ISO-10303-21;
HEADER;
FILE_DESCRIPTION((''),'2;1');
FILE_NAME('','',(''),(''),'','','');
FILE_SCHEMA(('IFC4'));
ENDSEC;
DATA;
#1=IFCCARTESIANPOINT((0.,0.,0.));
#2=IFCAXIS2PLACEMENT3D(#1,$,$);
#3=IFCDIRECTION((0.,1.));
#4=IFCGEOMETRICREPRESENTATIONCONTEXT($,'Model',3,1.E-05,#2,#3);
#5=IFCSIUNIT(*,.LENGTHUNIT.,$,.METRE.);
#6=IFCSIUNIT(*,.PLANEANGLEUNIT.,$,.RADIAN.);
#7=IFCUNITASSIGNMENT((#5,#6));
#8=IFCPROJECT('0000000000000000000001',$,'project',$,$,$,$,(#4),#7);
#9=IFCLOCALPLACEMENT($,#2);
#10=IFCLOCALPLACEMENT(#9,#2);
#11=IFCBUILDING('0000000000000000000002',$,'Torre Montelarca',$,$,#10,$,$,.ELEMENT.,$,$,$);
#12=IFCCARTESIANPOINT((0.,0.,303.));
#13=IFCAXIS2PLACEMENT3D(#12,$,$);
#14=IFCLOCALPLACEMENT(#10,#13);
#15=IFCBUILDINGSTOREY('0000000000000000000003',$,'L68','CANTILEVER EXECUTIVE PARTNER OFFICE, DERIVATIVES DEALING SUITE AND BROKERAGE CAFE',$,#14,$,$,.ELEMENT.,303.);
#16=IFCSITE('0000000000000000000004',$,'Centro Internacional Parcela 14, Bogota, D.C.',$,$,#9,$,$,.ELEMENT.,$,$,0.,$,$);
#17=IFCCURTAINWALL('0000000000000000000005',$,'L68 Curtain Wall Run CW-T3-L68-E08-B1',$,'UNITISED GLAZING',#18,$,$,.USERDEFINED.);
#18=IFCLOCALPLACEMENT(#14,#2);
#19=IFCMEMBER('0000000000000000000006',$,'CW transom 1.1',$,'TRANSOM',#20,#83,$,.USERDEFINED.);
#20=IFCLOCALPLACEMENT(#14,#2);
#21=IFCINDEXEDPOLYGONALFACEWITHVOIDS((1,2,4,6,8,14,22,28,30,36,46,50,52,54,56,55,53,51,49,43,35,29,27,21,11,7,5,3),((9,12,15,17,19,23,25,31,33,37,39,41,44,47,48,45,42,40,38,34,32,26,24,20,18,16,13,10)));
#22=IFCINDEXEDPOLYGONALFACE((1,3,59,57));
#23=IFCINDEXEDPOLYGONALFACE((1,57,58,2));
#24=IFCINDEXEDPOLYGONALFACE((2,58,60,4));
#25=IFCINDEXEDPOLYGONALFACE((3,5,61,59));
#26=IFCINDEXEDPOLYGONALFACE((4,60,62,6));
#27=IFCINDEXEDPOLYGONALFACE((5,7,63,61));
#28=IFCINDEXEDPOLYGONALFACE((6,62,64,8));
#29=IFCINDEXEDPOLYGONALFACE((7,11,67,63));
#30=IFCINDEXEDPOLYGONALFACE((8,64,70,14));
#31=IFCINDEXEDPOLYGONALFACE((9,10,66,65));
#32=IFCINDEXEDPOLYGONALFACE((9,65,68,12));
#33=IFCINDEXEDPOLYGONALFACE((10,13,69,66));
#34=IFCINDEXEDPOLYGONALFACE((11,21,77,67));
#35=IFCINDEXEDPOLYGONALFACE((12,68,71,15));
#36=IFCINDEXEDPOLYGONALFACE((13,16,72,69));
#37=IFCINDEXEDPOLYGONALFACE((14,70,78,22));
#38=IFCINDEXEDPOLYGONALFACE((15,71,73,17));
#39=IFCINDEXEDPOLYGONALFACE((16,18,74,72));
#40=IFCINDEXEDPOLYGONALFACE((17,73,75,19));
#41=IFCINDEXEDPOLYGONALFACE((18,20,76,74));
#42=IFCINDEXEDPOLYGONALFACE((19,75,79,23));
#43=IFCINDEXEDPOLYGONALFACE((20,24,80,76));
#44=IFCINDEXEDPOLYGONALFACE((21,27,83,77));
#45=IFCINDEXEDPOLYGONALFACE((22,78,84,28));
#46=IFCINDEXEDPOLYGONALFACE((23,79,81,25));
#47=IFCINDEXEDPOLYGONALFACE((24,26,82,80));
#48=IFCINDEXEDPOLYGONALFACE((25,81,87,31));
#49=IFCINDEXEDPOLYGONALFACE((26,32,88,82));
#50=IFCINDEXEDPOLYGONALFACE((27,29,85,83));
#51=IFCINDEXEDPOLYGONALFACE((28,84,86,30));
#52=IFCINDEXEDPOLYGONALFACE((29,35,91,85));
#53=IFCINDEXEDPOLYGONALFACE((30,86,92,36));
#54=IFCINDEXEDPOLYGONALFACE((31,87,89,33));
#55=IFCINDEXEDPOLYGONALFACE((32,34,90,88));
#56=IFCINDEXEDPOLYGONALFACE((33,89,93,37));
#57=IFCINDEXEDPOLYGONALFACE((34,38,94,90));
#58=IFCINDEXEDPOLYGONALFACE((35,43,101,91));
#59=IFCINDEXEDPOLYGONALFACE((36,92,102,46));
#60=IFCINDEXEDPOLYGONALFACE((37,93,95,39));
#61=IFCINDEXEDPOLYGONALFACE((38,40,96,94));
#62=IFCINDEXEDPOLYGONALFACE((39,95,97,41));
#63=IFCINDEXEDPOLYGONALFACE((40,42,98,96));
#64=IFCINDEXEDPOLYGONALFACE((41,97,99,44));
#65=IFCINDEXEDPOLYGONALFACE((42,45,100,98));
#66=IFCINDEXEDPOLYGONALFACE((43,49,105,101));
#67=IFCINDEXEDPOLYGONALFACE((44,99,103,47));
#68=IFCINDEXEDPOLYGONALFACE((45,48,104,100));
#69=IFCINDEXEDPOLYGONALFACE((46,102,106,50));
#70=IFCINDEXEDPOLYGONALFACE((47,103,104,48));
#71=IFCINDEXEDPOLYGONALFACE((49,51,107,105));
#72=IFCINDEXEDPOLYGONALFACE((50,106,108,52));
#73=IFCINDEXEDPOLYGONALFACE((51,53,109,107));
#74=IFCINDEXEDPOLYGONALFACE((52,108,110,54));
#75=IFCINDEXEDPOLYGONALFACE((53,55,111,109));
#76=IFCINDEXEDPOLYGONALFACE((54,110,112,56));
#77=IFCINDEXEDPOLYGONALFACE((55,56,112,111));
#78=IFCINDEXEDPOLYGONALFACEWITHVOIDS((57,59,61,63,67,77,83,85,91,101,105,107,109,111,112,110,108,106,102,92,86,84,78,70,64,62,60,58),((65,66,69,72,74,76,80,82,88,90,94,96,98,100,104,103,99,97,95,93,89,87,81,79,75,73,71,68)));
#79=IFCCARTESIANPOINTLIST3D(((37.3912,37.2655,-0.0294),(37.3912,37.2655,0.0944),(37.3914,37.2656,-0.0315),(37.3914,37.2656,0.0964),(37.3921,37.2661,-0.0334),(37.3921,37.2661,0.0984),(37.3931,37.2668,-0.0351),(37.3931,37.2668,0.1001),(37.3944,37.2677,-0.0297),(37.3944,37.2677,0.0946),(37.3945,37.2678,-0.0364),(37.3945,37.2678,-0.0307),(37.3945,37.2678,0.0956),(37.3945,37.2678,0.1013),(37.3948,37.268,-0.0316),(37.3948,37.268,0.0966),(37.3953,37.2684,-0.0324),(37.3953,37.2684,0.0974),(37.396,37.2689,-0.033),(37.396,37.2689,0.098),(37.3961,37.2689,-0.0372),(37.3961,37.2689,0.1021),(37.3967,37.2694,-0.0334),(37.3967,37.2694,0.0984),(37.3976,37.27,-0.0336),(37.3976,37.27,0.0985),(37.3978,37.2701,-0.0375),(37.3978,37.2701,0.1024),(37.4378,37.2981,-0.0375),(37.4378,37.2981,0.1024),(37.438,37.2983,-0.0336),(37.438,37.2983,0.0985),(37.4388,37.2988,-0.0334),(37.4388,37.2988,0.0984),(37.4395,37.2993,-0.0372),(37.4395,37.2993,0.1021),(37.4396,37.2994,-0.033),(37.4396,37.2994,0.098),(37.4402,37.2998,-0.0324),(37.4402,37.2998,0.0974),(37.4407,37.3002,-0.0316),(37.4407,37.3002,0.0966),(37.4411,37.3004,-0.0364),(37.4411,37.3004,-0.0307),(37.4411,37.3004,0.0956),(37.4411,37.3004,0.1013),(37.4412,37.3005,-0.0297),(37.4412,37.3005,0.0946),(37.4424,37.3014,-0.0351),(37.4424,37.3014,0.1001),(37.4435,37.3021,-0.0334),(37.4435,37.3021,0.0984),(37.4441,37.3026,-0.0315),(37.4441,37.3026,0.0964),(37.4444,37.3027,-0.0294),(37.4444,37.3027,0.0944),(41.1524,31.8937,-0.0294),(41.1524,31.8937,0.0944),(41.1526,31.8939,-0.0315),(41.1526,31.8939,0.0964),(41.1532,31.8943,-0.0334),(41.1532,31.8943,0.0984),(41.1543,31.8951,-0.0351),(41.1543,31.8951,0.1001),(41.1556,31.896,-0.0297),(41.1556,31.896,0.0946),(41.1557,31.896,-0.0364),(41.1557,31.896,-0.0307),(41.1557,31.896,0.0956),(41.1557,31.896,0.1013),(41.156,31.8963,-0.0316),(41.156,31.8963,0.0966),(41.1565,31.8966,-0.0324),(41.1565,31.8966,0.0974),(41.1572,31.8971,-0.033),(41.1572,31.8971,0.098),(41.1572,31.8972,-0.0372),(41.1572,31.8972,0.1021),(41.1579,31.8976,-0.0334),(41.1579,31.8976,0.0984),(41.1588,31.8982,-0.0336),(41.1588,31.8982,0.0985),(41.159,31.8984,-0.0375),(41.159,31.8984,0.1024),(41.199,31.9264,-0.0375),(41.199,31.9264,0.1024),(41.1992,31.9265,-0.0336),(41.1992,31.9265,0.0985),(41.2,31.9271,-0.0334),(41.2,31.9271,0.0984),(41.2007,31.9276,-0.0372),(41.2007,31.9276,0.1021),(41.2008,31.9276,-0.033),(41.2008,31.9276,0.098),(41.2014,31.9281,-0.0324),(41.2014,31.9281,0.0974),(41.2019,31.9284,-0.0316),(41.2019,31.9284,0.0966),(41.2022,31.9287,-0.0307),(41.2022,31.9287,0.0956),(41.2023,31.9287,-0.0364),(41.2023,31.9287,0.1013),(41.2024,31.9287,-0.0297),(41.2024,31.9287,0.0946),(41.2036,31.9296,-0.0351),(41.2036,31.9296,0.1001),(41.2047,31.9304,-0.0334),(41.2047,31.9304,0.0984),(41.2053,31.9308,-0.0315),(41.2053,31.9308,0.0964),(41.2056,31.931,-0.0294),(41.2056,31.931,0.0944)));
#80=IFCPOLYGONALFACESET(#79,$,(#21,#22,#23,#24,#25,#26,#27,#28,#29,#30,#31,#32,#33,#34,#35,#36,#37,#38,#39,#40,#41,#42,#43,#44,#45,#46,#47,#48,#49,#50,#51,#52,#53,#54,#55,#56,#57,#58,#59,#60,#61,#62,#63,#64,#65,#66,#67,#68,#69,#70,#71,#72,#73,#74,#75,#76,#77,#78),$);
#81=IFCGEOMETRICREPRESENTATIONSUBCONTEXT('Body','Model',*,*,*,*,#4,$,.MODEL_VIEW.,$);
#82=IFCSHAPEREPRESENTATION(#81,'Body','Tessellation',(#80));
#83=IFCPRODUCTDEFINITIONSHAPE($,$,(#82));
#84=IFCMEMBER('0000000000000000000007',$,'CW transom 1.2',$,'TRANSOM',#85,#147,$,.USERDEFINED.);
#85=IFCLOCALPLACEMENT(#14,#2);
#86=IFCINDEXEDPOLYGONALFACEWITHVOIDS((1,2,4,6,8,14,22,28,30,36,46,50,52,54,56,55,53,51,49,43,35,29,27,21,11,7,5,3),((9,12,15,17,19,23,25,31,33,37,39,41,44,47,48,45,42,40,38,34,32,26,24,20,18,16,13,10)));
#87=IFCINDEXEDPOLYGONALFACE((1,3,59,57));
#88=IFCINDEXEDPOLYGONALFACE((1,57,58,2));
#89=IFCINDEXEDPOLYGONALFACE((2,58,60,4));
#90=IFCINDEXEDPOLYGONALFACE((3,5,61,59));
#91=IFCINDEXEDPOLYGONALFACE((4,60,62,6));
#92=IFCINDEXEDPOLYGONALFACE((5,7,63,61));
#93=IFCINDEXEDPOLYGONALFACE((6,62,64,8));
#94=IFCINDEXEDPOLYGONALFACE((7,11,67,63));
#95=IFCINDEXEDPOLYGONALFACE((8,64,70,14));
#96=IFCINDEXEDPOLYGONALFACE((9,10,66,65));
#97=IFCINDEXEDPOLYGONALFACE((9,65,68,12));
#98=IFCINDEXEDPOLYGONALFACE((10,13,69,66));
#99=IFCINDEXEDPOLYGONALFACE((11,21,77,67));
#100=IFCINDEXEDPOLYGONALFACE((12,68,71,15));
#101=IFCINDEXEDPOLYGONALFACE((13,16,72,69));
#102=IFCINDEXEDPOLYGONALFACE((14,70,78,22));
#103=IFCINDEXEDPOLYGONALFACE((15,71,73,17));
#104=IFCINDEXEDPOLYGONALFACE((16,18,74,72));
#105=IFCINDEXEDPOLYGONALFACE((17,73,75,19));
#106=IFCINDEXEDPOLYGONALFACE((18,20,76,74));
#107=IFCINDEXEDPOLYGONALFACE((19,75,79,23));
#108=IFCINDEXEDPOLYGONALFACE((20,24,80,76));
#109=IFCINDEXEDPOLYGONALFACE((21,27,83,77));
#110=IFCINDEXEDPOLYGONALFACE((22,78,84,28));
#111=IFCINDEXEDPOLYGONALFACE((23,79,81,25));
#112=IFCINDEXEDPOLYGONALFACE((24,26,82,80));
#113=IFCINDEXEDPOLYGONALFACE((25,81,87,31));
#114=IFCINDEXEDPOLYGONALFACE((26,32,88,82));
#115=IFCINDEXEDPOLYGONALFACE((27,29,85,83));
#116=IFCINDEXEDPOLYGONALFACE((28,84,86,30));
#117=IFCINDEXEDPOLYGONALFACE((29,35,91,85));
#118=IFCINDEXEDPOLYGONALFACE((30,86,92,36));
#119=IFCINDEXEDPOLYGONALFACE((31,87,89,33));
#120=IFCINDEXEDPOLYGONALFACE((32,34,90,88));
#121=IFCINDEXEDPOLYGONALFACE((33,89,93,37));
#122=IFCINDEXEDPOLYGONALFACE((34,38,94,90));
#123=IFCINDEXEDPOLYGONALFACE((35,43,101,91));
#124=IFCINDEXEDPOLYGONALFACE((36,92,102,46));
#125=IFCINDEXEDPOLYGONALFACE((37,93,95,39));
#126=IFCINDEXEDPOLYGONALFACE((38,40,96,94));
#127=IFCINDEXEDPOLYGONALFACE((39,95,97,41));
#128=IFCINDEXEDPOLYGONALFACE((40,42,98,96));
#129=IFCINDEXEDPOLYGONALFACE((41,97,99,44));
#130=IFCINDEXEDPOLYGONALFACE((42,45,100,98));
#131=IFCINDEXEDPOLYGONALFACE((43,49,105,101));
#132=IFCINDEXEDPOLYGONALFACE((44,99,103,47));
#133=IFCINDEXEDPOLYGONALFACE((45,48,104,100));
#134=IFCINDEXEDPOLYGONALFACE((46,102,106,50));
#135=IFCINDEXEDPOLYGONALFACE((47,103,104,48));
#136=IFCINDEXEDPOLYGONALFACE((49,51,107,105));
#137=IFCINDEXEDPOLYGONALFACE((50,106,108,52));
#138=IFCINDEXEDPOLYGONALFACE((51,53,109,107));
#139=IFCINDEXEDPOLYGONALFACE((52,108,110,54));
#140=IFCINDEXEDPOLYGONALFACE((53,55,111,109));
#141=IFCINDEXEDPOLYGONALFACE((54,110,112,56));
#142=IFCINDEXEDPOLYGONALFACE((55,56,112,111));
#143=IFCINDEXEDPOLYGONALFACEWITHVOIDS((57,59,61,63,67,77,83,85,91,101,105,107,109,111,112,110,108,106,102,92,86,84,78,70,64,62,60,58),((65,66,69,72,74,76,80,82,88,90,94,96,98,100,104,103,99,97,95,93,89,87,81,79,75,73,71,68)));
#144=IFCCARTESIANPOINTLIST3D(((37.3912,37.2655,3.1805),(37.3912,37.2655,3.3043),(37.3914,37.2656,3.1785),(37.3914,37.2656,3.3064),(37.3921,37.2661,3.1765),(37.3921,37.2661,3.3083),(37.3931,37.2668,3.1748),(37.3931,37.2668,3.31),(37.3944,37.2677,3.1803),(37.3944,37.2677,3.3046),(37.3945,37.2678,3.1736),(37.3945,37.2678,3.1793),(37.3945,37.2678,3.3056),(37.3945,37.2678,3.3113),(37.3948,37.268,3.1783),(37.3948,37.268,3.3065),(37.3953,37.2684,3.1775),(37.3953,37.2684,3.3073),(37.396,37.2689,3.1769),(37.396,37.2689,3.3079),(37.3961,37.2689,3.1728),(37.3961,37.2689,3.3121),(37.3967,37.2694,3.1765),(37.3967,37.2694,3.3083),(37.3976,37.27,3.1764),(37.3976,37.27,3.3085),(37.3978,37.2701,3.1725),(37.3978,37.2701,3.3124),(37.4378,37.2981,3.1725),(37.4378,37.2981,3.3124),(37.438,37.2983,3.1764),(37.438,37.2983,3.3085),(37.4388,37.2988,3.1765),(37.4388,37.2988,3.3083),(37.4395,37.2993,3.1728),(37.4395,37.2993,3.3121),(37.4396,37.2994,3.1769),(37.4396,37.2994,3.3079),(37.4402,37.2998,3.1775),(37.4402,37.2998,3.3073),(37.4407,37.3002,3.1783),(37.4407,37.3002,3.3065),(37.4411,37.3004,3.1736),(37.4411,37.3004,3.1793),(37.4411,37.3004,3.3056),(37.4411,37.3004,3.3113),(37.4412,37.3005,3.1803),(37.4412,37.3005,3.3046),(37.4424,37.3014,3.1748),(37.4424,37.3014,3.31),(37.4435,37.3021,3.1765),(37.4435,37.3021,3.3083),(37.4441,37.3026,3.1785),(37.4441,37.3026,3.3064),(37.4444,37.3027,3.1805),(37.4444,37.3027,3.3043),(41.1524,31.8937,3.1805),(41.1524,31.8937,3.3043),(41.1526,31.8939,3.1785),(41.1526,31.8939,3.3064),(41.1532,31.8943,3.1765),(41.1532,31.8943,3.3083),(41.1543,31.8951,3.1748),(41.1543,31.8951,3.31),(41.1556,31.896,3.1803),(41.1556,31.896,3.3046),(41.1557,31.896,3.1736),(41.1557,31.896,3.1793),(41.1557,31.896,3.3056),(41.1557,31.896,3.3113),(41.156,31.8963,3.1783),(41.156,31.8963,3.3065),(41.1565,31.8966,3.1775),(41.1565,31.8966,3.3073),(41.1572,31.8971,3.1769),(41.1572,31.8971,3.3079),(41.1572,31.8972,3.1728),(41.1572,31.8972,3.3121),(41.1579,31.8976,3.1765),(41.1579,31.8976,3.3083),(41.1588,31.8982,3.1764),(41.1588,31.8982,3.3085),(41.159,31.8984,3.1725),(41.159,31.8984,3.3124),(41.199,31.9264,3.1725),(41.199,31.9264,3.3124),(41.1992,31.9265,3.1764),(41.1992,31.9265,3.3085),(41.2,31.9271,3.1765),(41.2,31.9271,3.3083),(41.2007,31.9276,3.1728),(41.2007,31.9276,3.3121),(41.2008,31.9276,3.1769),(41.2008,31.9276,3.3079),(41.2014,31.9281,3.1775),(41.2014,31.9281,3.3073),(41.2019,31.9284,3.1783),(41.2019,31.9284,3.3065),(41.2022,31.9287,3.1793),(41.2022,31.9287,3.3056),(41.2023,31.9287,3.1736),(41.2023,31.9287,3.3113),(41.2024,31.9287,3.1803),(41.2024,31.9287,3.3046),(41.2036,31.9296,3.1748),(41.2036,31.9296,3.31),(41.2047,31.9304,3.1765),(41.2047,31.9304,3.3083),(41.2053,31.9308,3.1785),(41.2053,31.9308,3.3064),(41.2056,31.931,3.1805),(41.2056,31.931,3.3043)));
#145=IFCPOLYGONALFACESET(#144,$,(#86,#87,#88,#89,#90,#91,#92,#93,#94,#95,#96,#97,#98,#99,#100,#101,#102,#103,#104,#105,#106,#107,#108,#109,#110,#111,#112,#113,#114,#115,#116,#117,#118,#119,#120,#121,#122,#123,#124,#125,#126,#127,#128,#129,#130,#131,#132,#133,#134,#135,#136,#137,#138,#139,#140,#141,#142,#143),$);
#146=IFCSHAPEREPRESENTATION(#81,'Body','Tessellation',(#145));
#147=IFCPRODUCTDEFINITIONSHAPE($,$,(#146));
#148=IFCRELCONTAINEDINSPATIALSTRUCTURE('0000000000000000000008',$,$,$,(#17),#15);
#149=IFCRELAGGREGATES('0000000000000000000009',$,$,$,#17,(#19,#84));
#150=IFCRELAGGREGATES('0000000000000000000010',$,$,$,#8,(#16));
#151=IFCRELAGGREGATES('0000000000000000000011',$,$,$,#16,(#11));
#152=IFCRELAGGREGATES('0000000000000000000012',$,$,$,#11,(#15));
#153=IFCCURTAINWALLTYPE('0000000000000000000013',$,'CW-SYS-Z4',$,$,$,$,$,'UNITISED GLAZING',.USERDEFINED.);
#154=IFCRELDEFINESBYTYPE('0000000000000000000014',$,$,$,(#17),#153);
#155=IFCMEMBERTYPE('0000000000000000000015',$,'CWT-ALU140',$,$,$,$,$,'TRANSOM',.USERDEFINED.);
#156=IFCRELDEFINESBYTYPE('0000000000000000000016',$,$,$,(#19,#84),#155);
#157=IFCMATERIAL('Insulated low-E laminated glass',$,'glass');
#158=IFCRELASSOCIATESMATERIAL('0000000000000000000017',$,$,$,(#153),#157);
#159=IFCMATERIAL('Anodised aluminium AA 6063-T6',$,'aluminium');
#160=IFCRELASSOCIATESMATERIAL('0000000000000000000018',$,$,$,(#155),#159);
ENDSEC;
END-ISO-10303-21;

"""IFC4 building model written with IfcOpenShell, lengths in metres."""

from ifc_helpers import new_model, si_unit, direction, frame, origin, origin_2d, place, context, subcontext, project, spatial, hollow_rectangle, extrude, source, transform, mapped, material, material_profile, profile_set, type_object, element, aggregate, save


model = new_model("IFC4")

# Units and contexts
model_context = context("Model", 3, precision=1e-05, world=origin(), true_north=direction((0.0, 1.0)))
body_context = subcontext(model_context, "Body", "Model", "MODEL_VIEW")
ifc_project = project(units=[si_unit("LENGTHUNIT", "METRE"), si_unit("PLANEANGLEUNIT", "RADIAN")], contexts=[model_context])

# Site, building, storey
site_placement = place(None, origin())
site = spatial("IfcSite", under=ifc_project, at=site_placement, Name="Centro Internacional Parcela 14, Bogota, D.C.", CompositionType="ELEMENT", RefElevation=0.0)
building_placement = place(site_placement, origin())
building = spatial("IfcBuilding", under=site, at=building_placement, Name="Torre Montelarca", CompositionType="ELEMENT")
storey_placement = place(building_placement, frame((0.0, 0.0, 303.0)))
storey = spatial("IfcBuildingStorey", under=building, at=storey_placement, Name="L68", Description="CANTILEVER EXECUTIVE PARTNER OFFICE, DERIVATIVES DEALING SUITE AND BROKERAGE CAFE", CompositionType="ELEMENT", Elevation=303.0)

# Shared definitions
ifc_material_1 = material(Name="Insulated low-E laminated glass", Category="glass")
curtain_wall_type = type_object("IfcCurtainWallType", Name="CW-SYS-Z4", ElementType="UNITISED GLAZING", PredefinedType="USERDEFINED", material=ifc_material_1)
ifc_material_2 = material(Name="Anodised aluminium AA 6063-T6", Category="aluminium")

# Curtain wall, members
curtain_wall_1_placement = place(storey_placement, origin())
curtain_wall_1 = element("IfcCurtainWall", 1, at=curtain_wall_1_placement, inside=storey, type_object=curtain_wall_type, Name="L68 Curtain Wall Run CW-T3-L68-E08-B1", ObjectType="UNITISED GLAZING", PredefinedType="USERDEFINED")
ifc_material_profile_1 = material_profile(ifc_material_2, hollow_rectangle(XDim=0.0649, YDim=0.1399, WallThickness=0.0039, InnerFilletRadius=0.0039, OuterFilletRadius=0.0081, at=origin_2d()), Name="ALU65X140X4", Category="aluminium")
ifc_profile_set_1 = profile_set([ifc_material_profile_1], Name="Anodised aluminium AA 6063-T6")
member_type_1 = type_object("IfcMemberType", Name="CWT-ALU140", ElementType="TRANSOM", PredefinedType="USERDEFINED", material=ifc_profile_set_1)
shared_shape_1 = source(origin(), body_context, "Body", "SweptSolid", [
    extrude(hollow_rectangle(XDim=0.0649, YDim=0.1399, WallThickness=0.0039, InnerFilletRadius=0.0039, OuterFilletRadius=0.0081, at=origin_2d()), origin(), (0.0, 0.0, 1.0), 6.5576),
])
member_1_placement = place(storey_placement, frame((41.179, 31.9124, 0.0325), z_axis=(-0.57356, 0.819164, 0.0), x_axis=(-0.819164, -0.57356, 0.0)))
member_1 = element("IfcMember", 2, at=member_1_placement, type_object=member_type_1, Name="CW transom 1.1", ObjectType="TRANSOM", PredefinedType="USERDEFINED", context=body_context, shape_type="MappedRepresentation", body=[
    mapped(shared_shape_1, transform((0.0, 0.0, 0.0), scale=1.0)),
])
member_2_placement = place(storey_placement, frame((41.179, 31.9124, 3.2424), z_axis=(-0.57356, 0.819164, 0.0), x_axis=(-0.819164, -0.57356, 0.0)))
member_2 = element("IfcMember", 3, at=member_2_placement, type_object=member_type_1, Name="CW transom 1.2", ObjectType="TRANSOM", PredefinedType="USERDEFINED", context=body_context, shape_type="MappedRepresentation", body=[
    mapped(shared_shape_1, transform((0.0, 0.0, 0.0), scale=1.0)),
])
aggregate(curtain_wall_1, [member_1, member_2])

save(model, "model.ifc")
